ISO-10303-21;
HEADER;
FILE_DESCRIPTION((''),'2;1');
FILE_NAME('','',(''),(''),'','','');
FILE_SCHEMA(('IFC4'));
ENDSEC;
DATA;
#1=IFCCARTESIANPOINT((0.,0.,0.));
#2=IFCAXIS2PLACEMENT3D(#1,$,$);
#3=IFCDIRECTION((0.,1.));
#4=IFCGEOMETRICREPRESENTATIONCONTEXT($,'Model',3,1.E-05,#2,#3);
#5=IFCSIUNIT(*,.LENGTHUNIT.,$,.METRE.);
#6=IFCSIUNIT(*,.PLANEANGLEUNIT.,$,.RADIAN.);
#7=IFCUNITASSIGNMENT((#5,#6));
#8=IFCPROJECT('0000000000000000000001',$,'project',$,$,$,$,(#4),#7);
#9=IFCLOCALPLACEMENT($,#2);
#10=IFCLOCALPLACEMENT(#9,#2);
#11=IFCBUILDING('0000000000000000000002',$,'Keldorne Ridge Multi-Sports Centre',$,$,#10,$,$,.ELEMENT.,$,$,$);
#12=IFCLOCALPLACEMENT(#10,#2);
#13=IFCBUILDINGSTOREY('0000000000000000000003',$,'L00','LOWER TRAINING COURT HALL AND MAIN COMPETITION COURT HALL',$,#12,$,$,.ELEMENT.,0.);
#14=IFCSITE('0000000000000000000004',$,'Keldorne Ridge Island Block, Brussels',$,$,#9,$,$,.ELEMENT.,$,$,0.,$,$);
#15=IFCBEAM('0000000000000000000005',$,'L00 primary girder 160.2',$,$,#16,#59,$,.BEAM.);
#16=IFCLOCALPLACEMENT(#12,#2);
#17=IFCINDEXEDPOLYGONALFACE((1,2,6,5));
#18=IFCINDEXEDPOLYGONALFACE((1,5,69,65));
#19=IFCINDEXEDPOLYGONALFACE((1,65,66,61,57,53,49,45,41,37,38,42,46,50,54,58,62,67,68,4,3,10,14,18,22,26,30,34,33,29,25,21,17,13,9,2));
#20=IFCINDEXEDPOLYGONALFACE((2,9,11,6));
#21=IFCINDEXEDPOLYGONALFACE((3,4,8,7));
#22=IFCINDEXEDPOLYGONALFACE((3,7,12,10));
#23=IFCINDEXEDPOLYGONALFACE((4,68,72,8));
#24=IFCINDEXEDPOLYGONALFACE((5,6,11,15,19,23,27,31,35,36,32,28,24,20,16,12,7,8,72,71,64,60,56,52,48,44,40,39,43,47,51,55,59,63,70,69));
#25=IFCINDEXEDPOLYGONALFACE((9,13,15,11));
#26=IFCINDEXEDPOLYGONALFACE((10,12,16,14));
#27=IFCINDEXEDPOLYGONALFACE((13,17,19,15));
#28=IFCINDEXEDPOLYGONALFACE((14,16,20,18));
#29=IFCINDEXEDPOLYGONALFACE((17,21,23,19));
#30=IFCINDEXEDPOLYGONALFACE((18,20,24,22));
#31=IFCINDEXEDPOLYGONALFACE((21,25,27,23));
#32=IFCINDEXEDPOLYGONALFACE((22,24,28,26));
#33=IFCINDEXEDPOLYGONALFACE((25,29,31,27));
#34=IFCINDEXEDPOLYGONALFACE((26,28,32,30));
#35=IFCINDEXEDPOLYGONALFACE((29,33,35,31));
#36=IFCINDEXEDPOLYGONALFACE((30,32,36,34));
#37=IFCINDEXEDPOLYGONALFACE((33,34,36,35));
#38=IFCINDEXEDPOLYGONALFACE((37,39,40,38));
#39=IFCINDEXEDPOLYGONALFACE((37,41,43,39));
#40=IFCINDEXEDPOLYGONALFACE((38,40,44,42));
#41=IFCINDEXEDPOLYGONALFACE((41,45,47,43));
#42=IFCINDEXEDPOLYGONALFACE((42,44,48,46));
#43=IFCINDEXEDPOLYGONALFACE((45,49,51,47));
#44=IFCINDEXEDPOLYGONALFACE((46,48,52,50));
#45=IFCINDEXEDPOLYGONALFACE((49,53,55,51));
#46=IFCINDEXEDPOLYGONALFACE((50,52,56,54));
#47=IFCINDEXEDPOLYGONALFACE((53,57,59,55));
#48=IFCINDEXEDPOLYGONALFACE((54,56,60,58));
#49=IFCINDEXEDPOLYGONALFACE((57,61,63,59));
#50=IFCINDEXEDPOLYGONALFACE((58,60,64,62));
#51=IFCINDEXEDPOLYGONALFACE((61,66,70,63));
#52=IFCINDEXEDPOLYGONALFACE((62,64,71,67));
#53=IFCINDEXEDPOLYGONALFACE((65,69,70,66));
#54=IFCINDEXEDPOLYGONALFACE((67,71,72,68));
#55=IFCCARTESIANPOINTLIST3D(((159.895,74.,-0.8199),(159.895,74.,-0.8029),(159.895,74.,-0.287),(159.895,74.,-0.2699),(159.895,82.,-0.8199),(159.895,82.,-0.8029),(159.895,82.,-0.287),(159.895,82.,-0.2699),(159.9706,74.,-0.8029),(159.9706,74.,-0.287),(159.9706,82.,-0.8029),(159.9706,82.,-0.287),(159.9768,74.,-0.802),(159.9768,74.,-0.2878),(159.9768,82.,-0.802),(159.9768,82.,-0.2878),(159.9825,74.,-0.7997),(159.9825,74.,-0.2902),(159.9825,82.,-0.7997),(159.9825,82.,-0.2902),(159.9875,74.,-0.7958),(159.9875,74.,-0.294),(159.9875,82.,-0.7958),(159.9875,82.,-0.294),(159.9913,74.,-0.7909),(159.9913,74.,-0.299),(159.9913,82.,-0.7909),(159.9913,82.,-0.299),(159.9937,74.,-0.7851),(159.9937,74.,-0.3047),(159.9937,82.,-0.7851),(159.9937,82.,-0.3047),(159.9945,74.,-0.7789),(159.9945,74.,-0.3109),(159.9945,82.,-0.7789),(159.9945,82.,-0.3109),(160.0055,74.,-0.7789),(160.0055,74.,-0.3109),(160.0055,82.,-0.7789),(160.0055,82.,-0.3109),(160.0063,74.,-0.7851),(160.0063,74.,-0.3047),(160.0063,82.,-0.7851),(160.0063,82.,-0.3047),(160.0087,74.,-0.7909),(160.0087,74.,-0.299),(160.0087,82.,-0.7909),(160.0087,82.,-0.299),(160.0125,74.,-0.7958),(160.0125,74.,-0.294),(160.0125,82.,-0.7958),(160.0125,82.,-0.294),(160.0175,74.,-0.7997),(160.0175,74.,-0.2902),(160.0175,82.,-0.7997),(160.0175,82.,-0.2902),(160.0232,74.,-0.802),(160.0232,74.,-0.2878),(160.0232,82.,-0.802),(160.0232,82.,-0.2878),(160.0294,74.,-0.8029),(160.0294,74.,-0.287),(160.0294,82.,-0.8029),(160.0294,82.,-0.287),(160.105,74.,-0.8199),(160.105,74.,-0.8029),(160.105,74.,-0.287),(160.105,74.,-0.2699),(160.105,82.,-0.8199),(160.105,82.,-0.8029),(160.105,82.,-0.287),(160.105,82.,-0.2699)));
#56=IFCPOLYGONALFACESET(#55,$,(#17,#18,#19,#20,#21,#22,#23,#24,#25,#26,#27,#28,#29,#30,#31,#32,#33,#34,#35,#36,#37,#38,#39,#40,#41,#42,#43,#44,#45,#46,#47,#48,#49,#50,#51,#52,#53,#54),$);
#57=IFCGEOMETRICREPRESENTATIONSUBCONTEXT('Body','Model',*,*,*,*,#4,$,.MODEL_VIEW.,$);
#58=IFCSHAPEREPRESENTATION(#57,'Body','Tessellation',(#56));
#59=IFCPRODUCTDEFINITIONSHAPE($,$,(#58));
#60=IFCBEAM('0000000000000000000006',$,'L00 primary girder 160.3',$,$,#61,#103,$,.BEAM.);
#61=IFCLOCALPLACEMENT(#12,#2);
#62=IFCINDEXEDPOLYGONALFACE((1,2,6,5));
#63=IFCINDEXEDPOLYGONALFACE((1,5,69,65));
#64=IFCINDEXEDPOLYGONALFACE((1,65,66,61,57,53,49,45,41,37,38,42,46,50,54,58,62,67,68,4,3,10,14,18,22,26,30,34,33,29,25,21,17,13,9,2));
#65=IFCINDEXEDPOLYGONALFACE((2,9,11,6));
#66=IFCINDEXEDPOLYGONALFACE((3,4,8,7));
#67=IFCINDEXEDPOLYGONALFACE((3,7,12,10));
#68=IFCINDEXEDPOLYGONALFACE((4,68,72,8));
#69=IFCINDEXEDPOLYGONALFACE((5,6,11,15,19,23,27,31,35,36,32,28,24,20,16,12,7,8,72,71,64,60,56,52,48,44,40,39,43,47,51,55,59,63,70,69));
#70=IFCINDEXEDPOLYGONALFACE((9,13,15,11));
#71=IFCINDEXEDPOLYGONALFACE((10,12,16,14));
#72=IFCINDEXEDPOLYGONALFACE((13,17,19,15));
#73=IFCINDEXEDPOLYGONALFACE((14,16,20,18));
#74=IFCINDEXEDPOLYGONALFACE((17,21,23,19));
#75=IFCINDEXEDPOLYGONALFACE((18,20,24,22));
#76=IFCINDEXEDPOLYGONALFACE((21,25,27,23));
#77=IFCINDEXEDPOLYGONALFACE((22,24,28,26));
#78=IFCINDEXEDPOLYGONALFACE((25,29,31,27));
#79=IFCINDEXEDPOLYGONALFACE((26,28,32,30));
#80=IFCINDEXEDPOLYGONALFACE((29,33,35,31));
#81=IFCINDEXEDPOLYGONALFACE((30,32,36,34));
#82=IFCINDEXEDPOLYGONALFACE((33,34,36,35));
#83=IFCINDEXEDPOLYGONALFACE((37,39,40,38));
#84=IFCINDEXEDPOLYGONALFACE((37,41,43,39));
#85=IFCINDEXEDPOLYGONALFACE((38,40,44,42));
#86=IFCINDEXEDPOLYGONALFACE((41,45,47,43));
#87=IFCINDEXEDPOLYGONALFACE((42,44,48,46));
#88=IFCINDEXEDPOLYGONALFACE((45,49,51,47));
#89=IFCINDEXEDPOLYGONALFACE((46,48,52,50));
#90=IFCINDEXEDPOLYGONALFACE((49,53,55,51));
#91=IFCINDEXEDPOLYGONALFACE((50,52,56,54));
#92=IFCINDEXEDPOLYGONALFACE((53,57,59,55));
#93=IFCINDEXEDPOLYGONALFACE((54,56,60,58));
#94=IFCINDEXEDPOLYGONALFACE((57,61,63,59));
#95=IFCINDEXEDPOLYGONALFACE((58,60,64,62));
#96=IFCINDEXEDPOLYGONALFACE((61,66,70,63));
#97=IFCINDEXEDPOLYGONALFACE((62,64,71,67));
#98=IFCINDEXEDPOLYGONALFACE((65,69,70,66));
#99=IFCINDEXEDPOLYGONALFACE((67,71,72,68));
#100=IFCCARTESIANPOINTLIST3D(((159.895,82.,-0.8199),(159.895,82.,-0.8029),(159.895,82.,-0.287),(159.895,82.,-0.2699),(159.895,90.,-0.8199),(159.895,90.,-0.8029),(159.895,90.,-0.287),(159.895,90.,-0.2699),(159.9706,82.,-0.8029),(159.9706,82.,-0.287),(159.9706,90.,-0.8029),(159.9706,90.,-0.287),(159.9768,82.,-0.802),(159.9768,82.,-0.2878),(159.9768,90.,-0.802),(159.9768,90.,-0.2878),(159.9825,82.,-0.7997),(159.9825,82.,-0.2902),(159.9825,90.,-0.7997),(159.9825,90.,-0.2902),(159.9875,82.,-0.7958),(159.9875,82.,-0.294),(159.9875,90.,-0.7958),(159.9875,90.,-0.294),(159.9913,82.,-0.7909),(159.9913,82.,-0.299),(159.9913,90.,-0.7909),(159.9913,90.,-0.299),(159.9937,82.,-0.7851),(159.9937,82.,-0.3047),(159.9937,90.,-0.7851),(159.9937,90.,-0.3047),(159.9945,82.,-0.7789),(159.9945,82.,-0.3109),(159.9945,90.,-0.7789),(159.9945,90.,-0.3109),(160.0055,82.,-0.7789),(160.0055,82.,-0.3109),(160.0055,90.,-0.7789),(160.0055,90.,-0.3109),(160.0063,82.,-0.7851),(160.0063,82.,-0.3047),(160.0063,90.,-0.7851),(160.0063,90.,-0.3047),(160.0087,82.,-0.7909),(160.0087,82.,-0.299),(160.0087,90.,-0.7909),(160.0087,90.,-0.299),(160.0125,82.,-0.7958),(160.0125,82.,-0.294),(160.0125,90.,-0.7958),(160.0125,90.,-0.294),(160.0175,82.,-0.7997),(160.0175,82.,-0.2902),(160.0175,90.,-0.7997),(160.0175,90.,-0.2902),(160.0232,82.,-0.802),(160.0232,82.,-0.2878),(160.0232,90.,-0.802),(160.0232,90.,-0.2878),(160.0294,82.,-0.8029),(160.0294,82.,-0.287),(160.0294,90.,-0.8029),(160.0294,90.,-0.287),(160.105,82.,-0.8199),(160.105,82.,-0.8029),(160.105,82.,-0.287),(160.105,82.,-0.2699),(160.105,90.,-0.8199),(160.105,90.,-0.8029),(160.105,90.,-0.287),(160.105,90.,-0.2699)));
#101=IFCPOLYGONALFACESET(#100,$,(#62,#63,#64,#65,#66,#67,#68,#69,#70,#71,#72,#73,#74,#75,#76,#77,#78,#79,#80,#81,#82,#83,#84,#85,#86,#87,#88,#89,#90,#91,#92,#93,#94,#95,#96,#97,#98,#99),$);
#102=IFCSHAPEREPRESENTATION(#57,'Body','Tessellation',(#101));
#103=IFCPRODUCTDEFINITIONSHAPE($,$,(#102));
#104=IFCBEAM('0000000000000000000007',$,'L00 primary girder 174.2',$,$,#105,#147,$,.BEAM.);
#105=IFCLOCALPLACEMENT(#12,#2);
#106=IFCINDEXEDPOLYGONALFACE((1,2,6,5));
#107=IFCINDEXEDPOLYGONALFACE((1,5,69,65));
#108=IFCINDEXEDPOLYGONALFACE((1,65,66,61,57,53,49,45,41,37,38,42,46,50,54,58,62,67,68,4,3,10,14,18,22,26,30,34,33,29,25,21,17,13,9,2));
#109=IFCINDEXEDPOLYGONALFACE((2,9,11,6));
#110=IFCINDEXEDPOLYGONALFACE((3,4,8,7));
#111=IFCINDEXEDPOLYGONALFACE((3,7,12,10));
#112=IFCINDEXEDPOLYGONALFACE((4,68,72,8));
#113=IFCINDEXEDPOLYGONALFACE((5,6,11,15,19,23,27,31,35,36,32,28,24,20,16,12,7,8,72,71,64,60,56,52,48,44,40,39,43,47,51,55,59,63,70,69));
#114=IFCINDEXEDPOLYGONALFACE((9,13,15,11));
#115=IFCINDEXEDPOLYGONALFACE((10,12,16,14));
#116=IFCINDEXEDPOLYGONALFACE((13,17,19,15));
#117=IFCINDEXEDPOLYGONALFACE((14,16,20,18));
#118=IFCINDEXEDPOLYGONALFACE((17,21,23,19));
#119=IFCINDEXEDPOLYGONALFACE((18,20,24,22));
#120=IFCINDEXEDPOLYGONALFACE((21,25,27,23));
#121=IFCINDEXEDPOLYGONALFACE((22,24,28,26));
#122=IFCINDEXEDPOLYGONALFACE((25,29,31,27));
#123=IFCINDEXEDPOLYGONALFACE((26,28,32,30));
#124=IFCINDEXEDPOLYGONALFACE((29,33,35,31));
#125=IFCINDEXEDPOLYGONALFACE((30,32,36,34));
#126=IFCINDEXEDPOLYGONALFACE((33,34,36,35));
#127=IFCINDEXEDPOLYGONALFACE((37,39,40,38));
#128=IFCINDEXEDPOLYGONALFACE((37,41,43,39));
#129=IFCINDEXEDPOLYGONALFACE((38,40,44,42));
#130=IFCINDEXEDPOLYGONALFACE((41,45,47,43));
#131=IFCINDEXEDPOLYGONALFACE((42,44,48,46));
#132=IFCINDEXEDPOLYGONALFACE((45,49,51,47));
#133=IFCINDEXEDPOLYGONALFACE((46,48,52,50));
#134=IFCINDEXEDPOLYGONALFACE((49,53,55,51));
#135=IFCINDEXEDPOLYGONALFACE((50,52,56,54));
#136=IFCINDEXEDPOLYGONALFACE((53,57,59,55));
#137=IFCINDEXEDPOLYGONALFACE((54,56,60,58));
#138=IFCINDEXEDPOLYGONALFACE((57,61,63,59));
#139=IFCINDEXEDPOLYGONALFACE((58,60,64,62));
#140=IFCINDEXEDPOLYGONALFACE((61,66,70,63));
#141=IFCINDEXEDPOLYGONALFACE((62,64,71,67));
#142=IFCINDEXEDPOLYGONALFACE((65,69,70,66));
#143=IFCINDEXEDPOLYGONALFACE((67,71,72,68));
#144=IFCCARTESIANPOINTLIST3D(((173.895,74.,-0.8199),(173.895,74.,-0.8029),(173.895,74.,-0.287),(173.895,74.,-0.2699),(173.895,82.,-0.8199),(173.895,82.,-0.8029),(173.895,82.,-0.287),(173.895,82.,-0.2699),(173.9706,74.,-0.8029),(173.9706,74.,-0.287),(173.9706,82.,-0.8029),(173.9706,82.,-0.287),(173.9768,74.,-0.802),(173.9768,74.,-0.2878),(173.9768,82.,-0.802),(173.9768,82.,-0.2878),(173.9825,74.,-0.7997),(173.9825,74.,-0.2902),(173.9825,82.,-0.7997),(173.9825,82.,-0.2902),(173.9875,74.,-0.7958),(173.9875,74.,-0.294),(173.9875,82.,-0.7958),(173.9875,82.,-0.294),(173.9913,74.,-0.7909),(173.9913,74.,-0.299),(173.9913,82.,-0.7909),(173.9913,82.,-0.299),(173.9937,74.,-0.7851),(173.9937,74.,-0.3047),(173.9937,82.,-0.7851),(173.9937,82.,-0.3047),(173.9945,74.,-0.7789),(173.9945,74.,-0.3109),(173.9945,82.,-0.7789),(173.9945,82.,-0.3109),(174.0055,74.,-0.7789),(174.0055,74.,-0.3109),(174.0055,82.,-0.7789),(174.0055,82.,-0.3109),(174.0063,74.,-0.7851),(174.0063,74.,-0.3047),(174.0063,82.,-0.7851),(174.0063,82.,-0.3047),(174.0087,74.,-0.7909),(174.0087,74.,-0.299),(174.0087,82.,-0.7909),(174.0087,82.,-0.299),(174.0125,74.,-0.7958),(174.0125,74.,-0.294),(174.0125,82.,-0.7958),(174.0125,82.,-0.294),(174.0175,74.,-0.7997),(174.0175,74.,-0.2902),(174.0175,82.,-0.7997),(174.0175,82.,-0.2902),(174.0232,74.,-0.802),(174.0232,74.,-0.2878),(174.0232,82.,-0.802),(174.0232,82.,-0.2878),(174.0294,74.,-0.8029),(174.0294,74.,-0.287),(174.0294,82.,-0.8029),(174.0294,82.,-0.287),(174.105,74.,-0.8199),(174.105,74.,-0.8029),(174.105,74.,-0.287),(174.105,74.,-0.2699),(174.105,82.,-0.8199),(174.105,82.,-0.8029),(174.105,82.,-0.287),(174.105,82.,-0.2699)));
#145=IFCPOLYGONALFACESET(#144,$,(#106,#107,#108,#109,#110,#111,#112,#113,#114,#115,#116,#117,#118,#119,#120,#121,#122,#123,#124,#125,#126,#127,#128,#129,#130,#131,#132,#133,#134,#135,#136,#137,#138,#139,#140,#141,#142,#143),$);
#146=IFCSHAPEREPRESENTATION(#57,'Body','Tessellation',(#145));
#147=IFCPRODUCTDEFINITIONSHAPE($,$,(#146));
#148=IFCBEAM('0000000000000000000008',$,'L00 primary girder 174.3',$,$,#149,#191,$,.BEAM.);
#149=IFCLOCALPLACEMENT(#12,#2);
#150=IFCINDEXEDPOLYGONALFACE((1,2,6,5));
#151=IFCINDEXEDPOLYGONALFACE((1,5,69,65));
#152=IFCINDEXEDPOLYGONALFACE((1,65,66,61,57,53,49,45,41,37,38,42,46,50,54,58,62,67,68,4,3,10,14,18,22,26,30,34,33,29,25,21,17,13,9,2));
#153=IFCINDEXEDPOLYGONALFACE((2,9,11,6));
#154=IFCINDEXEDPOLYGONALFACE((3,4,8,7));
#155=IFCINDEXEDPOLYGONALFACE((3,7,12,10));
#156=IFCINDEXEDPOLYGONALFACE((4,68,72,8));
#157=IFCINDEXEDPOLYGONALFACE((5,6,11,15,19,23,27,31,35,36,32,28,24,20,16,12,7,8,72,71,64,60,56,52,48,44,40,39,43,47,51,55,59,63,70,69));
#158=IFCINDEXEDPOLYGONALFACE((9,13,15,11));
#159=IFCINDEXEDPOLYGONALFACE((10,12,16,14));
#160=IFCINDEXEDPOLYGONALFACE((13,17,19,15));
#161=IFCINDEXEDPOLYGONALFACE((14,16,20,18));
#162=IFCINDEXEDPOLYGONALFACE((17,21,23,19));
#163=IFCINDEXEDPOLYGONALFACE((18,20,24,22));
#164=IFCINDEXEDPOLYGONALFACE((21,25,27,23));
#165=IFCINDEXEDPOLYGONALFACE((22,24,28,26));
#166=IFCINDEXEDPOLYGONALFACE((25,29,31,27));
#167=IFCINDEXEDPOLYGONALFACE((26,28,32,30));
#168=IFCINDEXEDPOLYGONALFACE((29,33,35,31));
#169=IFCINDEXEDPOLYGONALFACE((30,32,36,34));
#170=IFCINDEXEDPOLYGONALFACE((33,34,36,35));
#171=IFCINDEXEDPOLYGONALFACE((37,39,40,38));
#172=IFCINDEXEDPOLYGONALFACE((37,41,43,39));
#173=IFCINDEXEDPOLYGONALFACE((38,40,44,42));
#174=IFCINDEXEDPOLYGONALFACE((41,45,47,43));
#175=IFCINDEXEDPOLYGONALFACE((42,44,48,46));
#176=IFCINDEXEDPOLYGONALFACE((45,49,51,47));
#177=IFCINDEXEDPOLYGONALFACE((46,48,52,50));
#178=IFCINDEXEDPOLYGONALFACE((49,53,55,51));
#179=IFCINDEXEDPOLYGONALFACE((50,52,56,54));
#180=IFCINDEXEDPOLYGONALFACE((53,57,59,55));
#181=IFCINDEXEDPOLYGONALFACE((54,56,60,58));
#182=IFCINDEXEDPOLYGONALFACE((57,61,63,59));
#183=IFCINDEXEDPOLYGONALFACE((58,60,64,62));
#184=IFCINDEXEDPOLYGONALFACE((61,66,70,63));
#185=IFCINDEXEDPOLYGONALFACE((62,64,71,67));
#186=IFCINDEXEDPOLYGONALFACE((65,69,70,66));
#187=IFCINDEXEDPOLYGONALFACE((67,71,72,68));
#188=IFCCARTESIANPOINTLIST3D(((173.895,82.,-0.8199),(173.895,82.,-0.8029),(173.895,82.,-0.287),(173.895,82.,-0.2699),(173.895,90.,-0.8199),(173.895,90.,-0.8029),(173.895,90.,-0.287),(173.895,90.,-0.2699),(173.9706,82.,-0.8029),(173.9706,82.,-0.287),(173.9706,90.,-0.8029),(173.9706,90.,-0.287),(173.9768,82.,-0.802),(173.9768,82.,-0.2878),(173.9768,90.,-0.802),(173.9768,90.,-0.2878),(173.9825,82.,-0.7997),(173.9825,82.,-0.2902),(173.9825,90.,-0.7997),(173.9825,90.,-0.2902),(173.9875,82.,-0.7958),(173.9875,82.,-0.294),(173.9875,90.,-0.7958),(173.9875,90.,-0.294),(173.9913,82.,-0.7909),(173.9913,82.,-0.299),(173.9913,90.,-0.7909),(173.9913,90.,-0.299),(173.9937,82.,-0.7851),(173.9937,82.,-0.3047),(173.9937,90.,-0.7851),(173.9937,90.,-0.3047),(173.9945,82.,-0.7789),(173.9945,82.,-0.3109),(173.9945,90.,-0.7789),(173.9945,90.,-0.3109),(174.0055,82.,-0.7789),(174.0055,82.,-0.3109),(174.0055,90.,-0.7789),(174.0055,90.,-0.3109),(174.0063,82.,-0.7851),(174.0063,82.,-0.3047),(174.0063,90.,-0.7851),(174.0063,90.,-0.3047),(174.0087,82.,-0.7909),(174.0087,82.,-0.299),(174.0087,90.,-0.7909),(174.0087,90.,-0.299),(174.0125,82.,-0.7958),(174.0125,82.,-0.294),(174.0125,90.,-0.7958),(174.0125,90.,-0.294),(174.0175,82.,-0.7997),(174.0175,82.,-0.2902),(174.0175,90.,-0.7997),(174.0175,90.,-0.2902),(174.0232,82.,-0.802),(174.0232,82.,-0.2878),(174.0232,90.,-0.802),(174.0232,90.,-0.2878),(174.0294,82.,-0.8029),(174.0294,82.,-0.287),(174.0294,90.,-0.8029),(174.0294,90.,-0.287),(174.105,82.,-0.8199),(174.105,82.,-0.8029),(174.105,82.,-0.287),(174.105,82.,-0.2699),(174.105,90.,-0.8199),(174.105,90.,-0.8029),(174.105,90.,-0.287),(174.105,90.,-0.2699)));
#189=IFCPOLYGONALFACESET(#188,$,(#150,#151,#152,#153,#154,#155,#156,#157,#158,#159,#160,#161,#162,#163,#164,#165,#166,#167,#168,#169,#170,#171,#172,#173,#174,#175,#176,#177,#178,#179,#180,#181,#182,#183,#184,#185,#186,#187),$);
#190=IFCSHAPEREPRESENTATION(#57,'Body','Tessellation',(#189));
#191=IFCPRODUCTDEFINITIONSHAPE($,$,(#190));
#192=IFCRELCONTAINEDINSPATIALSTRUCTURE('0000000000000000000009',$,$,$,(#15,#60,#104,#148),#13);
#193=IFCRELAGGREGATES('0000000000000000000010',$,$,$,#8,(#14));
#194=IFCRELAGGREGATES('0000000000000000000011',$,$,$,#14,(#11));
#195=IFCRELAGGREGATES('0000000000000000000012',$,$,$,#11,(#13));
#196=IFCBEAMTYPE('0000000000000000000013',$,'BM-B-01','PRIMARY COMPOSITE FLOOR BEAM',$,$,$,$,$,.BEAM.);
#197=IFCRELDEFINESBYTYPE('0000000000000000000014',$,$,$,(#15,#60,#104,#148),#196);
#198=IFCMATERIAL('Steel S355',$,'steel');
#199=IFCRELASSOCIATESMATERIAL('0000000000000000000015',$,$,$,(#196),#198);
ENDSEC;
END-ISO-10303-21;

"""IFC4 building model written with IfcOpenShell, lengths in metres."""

from ifc_helpers import new_model, si_unit, direction, frame, origin, origin_2d, place, context, subcontext, project, spatial, i_section, extrude, material, material_profile, profile_set, type_object, element, save


model = new_model("IFC4")

# Units and contexts
model_context = context("Model", 3, precision=1e-05, world=origin(), true_north=direction((0.0, 1.0)))
body_context = subcontext(model_context, "Body", "Model", "MODEL_VIEW")
ifc_project = project(units=[si_unit("LENGTHUNIT", "METRE"), si_unit("PLANEANGLEUNIT", "RADIAN")], contexts=[model_context])

# Site, building, storey
site_placement = place(None, origin())
site = spatial("IfcSite", under=ifc_project, at=site_placement, Name="Keldorne Ridge Island Block, Brussels", CompositionType="ELEMENT", RefElevation=0.0)
building_placement = place(site_placement, origin())
building = spatial("IfcBuilding", under=site, at=building_placement, Name="Keldorne Ridge Multi-Sports Centre", CompositionType="ELEMENT")
storey_placement = place(building_placement, origin())
storey = spatial("IfcBuildingStorey", under=building, at=storey_placement, Name="L00", Description="LOWER TRAINING COURT HALL AND MAIN COMPETITION COURT HALL", CompositionType="ELEMENT", Elevation=0.0)

# Shared definitions
ifc_material_1 = material(Name="Steel S355", Category="steel")

# Beams
ifc_material_profile_1 = material_profile(ifc_material_1, i_section(OverallWidth=0.21, OverallDepth=0.55, WebThickness=0.011, FlangeThickness=0.0171, FilletRadius=0.0239, at=origin_2d()), Name="IPE 550")
ifc_profile_set_1 = profile_set([ifc_material_profile_1], Name="Steel S355")
beam_type_1 = type_object("IfcBeamType", Name="BM-B-01", Description="PRIMARY COMPOSITE FLOOR BEAM", PredefinedType="BEAM", material=ifc_profile_set_1)
for number, where, z_axis, x_axis, name in (
    (1, (160.0, 74.0, -0.5449), (0.0, 1.0, 0.0), (-1.0, 0.0, 0.0), "L00 primary girder 160.2"),
    (2, (160.0, 82.0, -0.5449), (0.0, 1.0, 0.0), (-1.0, 0.0, 0.0), "L00 primary girder 160.3"),
    (3, (174.0, 74.0, -0.5449), (0.0, 1.0, 0.0), (-1.0, 0.0, 0.0), "L00 primary girder 174.2"),
    (4, (174.0, 82.0, -0.5449), (0.0, 1.0, 0.0), (-1.0, 0.0, 0.0), "L00 primary girder 174.3"),
):
    element("IfcBeam", number, at=place(storey_placement, frame(where, z_axis=z_axis, x_axis=x_axis)), inside=storey, type_object=beam_type_1, Name=name, PredefinedType="BEAM", context=body_context, shape_type="SweptSolid", body=[
        extrude(i_section(OverallWidth=0.21, OverallDepth=0.55, WebThickness=0.011, FlangeThickness=0.0171, FilletRadius=0.0239, at=origin_2d()), origin(), (0.0, 0.0, 1.0), 8.0),
    ])

save(model, "model.ifc")
